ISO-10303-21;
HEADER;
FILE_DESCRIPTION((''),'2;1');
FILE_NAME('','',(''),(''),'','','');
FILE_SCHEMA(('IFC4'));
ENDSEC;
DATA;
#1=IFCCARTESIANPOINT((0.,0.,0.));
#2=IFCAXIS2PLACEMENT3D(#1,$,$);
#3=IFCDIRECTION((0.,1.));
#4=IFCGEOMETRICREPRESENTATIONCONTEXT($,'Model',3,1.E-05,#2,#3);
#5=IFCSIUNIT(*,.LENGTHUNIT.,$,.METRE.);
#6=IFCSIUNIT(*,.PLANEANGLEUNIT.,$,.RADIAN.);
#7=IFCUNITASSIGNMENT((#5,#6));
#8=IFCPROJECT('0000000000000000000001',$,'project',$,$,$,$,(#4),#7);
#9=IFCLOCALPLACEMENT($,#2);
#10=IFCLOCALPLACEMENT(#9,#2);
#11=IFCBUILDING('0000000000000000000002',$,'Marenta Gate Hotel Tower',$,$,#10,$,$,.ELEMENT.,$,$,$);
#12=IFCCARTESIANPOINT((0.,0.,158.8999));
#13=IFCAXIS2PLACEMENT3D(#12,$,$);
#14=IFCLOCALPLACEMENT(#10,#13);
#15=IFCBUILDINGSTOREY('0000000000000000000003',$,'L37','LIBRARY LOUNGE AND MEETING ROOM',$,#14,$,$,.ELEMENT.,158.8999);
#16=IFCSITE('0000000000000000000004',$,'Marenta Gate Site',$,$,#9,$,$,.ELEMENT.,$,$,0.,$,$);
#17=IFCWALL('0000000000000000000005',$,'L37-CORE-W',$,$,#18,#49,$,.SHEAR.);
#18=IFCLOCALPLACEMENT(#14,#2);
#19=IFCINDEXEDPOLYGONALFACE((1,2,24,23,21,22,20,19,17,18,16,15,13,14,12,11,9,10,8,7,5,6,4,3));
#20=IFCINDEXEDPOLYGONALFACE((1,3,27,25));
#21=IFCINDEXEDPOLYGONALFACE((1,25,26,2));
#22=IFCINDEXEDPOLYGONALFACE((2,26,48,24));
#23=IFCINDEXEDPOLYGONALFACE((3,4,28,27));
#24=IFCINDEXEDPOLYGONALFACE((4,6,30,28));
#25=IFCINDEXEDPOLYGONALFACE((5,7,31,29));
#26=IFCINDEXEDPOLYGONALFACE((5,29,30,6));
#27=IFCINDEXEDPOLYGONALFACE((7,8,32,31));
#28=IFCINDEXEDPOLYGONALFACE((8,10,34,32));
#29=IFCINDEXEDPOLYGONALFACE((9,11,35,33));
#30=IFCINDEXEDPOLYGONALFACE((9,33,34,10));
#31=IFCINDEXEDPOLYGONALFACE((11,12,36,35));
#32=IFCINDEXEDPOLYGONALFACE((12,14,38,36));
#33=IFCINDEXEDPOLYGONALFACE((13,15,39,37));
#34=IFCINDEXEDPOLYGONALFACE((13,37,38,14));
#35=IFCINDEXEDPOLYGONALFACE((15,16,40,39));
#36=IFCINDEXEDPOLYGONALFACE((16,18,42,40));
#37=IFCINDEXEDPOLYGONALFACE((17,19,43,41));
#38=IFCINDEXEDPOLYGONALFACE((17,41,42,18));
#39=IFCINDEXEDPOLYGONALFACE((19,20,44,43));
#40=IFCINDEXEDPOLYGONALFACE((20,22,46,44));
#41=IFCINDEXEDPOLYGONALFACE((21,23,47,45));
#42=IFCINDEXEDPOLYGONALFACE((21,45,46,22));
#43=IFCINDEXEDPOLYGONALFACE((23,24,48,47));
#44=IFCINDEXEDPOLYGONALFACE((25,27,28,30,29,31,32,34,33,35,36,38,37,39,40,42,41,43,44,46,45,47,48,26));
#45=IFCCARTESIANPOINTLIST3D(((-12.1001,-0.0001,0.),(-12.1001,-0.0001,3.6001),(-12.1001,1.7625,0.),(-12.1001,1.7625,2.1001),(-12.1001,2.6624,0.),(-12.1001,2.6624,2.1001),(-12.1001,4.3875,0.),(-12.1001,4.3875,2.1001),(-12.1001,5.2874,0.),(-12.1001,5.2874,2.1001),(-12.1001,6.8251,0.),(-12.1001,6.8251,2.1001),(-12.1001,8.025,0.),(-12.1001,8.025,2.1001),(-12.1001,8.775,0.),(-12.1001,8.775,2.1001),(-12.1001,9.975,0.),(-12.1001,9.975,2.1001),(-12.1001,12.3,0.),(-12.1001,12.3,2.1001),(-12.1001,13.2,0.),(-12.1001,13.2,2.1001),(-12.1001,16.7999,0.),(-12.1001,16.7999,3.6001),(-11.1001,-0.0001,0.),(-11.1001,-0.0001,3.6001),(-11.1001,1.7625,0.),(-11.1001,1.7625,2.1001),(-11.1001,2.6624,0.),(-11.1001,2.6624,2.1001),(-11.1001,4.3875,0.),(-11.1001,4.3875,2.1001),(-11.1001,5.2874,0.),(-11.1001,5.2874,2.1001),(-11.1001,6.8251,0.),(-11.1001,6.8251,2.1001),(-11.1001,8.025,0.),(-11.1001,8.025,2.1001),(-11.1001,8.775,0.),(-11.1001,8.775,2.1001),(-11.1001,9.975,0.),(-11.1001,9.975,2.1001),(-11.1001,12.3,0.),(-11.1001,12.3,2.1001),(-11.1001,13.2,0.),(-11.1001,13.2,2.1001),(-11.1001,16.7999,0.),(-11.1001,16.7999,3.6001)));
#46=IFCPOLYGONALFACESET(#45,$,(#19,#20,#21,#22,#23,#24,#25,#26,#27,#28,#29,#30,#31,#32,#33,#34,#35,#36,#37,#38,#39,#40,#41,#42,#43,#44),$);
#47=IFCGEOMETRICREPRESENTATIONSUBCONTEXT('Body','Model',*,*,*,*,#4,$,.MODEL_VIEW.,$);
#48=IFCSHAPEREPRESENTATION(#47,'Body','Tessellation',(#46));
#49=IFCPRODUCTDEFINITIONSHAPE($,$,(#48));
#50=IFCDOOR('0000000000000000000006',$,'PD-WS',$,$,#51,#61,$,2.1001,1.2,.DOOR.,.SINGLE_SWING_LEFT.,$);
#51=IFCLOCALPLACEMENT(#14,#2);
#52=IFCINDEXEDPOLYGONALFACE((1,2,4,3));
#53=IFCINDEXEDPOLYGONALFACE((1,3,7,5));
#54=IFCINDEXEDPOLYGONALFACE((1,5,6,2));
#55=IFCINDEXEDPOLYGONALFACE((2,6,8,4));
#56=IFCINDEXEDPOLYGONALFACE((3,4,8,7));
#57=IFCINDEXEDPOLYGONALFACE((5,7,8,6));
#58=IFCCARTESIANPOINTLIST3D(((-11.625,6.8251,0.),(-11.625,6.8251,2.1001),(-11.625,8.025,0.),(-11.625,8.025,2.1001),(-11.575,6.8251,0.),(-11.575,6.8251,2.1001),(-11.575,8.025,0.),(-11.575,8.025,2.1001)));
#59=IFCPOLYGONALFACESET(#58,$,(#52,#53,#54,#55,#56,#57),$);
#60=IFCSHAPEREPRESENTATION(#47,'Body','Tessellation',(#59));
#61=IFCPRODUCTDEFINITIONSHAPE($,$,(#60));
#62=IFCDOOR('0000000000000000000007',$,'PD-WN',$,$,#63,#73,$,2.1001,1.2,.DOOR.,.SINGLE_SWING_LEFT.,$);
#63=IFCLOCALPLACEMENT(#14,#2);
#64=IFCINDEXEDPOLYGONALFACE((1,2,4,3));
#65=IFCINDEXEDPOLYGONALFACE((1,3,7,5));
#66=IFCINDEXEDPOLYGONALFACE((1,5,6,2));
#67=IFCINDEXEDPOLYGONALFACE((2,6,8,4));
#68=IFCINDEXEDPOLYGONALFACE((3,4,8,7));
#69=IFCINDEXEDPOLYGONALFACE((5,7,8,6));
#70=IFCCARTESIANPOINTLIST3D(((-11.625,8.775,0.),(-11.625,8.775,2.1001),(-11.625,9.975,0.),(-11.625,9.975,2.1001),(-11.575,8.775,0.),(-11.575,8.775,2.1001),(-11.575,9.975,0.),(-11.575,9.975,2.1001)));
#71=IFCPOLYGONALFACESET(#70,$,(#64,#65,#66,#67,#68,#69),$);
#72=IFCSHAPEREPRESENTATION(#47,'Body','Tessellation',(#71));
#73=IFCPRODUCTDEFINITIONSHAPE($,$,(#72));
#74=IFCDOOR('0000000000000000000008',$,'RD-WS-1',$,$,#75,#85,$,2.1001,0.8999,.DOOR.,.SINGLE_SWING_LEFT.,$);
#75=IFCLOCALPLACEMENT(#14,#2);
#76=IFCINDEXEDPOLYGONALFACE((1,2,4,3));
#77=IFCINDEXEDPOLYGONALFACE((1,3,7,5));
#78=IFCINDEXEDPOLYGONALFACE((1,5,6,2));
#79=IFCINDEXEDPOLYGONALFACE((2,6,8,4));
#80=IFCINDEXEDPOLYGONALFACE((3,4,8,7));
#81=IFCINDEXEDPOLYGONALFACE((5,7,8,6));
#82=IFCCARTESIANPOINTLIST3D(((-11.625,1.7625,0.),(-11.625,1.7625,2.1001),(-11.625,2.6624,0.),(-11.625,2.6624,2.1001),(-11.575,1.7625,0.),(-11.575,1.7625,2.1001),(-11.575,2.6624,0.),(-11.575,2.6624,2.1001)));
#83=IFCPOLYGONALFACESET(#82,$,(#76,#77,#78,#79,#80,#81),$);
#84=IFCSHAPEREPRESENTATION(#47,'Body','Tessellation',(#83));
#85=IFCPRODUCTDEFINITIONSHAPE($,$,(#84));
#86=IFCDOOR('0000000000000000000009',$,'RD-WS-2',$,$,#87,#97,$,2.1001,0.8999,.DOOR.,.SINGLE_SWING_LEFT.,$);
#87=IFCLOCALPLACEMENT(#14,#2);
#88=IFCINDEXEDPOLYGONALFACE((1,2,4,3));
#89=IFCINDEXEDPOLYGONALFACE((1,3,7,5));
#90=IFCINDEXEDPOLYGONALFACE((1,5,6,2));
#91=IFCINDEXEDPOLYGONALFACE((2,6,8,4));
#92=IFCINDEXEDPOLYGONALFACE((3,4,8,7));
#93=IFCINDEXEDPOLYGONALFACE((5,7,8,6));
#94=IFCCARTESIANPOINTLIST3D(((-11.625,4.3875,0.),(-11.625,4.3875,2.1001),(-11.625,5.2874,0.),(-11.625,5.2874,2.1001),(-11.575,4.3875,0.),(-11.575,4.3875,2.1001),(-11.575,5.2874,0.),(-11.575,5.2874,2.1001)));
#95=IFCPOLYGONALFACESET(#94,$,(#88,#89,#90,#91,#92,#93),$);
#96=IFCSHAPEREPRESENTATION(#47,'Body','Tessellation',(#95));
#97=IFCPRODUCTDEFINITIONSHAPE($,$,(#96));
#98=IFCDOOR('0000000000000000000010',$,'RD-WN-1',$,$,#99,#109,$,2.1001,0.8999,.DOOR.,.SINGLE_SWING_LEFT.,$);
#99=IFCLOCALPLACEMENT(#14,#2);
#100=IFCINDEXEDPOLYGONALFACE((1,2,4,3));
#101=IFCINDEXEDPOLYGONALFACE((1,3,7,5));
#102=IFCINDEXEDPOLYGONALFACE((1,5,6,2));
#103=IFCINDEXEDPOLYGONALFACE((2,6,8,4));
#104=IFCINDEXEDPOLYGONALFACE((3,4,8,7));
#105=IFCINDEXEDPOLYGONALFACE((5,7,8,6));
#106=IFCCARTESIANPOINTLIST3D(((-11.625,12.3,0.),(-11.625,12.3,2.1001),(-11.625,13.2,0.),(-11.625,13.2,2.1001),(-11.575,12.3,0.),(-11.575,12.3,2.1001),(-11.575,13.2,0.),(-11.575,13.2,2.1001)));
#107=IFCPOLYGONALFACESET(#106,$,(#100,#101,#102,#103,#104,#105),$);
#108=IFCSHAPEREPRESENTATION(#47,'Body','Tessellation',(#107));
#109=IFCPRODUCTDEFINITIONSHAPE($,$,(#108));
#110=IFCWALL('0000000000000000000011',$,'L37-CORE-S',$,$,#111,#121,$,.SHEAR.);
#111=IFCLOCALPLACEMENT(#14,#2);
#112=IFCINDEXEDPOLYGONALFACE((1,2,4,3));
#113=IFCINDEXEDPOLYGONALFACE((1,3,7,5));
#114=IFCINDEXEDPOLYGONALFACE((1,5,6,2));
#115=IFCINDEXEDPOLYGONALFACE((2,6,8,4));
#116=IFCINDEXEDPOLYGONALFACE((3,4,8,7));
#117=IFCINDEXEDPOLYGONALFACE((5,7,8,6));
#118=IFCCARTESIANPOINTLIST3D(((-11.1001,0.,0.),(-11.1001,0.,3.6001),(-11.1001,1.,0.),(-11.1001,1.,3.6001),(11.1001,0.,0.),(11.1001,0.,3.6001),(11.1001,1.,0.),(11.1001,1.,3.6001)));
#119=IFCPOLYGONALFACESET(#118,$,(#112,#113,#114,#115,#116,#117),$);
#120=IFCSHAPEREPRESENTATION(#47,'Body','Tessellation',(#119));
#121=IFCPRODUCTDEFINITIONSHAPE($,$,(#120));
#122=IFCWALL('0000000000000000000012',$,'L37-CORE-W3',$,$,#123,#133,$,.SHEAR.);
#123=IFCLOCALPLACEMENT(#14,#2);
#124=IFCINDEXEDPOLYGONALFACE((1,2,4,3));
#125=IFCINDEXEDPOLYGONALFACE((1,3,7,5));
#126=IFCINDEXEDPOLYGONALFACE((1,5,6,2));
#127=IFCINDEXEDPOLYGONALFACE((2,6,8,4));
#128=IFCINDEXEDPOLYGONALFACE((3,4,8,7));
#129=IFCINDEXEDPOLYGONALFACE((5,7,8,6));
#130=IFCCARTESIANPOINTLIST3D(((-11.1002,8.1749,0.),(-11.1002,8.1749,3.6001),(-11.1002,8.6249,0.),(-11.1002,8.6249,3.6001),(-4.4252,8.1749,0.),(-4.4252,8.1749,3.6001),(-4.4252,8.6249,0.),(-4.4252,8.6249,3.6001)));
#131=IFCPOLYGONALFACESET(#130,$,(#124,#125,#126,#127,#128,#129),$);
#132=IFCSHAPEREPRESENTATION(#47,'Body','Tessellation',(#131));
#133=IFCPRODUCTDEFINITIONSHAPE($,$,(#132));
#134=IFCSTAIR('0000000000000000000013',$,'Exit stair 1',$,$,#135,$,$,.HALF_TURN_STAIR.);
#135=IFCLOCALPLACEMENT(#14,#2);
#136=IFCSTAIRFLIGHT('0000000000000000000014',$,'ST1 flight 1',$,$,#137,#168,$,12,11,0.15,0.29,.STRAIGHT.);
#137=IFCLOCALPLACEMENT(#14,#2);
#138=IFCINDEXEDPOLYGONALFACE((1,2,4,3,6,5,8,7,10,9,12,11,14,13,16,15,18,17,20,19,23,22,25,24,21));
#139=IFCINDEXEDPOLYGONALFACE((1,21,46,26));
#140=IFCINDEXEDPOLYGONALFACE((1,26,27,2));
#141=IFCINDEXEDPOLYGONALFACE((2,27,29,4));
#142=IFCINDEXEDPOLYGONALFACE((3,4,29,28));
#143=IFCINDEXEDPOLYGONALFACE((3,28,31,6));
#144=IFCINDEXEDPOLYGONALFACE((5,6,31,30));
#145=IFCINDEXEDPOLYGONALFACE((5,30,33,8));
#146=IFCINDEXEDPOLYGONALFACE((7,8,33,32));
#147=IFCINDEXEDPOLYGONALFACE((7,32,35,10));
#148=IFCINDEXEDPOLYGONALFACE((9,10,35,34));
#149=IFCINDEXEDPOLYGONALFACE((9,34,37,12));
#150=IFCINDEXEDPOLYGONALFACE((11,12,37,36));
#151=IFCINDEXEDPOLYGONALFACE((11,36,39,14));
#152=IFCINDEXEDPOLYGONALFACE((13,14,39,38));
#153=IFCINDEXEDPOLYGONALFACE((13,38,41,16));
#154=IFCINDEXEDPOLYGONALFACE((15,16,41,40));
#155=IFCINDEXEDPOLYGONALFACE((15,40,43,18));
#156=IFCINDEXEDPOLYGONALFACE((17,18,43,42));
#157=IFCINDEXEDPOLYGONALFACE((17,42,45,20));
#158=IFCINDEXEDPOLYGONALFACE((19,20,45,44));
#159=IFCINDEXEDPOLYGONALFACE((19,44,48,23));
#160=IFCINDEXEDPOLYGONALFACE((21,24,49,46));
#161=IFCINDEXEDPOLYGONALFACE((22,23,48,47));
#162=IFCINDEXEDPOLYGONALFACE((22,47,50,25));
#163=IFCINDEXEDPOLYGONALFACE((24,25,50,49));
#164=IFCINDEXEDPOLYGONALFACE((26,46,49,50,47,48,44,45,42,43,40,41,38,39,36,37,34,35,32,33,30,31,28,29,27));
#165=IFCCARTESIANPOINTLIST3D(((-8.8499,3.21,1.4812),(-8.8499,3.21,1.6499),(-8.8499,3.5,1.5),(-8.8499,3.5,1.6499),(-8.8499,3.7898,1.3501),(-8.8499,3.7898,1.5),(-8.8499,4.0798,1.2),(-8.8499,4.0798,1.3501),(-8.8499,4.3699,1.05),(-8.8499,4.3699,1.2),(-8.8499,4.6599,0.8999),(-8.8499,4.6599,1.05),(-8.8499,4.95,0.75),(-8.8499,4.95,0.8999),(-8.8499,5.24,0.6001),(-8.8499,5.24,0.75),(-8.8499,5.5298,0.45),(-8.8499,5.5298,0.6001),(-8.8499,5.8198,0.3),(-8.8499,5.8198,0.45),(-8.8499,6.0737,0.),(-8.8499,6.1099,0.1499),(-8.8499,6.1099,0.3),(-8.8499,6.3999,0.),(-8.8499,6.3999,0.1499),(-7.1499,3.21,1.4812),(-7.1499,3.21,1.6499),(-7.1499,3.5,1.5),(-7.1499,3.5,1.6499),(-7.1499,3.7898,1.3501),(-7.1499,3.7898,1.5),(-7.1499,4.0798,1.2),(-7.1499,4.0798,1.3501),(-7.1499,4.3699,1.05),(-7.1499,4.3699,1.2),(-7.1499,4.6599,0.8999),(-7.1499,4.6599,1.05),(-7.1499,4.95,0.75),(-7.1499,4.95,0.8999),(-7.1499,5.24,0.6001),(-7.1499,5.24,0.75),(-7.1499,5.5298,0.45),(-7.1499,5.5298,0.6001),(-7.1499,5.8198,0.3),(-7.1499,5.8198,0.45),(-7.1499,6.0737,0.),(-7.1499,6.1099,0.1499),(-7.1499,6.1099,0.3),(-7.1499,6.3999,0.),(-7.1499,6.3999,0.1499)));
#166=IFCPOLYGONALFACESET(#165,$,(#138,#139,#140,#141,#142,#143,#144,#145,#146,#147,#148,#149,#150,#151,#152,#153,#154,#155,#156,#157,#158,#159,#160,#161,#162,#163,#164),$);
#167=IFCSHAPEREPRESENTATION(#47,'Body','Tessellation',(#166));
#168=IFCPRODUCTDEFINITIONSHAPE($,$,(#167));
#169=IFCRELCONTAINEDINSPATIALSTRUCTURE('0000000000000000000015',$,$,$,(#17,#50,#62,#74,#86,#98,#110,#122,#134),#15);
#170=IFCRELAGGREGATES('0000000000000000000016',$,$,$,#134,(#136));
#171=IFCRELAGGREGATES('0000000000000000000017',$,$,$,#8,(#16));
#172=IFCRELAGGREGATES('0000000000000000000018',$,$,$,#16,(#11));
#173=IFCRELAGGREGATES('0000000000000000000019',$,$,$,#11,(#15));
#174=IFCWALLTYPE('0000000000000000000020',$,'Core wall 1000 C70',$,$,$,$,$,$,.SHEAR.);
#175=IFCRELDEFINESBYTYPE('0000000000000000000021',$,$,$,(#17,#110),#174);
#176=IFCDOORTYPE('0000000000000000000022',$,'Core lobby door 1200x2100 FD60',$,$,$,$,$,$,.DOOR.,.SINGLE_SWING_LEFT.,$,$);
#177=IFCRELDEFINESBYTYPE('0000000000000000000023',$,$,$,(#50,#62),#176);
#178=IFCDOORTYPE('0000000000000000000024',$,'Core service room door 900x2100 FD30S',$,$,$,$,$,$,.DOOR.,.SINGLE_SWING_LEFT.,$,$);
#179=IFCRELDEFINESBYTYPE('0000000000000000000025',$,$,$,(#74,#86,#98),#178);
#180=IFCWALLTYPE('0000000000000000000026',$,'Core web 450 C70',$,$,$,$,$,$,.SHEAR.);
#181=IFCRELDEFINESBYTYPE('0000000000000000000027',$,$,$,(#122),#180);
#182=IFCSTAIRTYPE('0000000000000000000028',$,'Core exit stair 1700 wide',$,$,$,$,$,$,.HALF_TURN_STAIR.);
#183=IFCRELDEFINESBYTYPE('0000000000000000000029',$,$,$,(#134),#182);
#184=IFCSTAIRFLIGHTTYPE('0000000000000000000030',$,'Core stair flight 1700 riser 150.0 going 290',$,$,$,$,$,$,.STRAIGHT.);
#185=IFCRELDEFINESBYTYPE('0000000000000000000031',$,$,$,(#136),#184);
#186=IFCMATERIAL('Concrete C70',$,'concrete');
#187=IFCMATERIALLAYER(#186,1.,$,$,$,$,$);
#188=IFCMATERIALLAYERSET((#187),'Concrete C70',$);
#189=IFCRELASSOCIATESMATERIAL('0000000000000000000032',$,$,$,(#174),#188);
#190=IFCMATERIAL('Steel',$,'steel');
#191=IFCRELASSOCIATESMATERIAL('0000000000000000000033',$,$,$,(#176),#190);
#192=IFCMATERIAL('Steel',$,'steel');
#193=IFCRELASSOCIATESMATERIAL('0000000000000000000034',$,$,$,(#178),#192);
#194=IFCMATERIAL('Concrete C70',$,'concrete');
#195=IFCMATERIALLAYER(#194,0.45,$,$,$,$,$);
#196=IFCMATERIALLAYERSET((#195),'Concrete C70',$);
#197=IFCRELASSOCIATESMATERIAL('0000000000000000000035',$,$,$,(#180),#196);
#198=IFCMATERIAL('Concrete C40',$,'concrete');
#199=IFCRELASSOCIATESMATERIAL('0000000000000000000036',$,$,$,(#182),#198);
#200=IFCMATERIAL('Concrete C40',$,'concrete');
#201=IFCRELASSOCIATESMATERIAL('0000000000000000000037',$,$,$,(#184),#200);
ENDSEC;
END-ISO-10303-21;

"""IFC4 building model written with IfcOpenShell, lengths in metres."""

from ifc_helpers import new_model, si_unit, direction, frame, frame_2d, origin, place, context, subcontext, project, spatial, polyline, rectangle, outline, extrude, material, layer, layer_set, type_object, element, fill, aggregate, save


model = new_model("IFC4")

# Units and contexts
model_context = context("Model", 3, precision=1e-05, world=origin(), true_north=direction((0.0, 1.0)))
body_context = subcontext(model_context, "Body", "Model", "MODEL_VIEW")
ifc_project = project(units=[si_unit("LENGTHUNIT", "METRE"), si_unit("PLANEANGLEUNIT", "RADIAN")], contexts=[model_context])

# Site, building, storey
site_placement = place(None, origin())
site = spatial("IfcSite", under=ifc_project, at=site_placement, Name="Marenta Gate Site", CompositionType="ELEMENT", RefElevation=0.0)
building_placement = place(site_placement, origin())
building = spatial("IfcBuilding", under=site, at=building_placement, Name="Marenta Gate Hotel Tower", CompositionType="ELEMENT")
storey_placement = place(building_placement, frame((0.0, 0.0, 158.8999)))
storey = spatial("IfcBuildingStorey", under=building, at=storey_placement, Name="L37", Description="LIBRARY LOUNGE AND MEETING ROOM", CompositionType="ELEMENT", Elevation=158.8999)

# Wall, openings, doors
ifc_material_1 = material(Name="Concrete C70", Category="concrete")
ifc_layer_1 = layer(ifc_material_1, 1.0)
ifc_layer_set_1 = layer_set([ifc_layer_1], Name="Concrete C70")
wall_type_1 = type_object("IfcWallType", Name="Core wall 1000 C70", PredefinedType="SHEAR", material=ifc_layer_set_1)
wall_1_placement = place(storey_placement, frame((-11.6001, 0.0, 0.0), z_axis=(0.0, 0.0, 1.0), x_axis=(0.0, 1.0, 0.0)))
wall_1 = element("IfcWall", 1, at=wall_1_placement, inside=storey, type_object=wall_type_1, Name="L37-CORE-W", PredefinedType="SHEAR", context=body_context, shape_type="SweptSolid", body=[
    extrude(rectangle(XDim=16.8, YDim=1.0, at=frame_2d((8.3999, 0.0))), origin(), (0.0, 0.0, 1.0), 3.6001),
])
opening_1_placement = place(wall_1_placement, frame((1.7625, 0.0, 0.0)))
opening_1 = element("IfcOpeningElement", 2, at=opening_1_placement, cuts=wall_1, PredefinedType="OPENING", context=body_context, shape_type="SweptSolid", body=[
    extrude(rectangle(XDim=0.8999, YDim=2.1001, at=frame_2d((0.45, 1.05))), frame((0.0, 0.5, 0.0), z_axis=(0.0, -1.0, 0.0), x_axis=(1.0, 0.0, 0.0)), (0.0, 0.0, 1.0), 1.0),
])
opening_2_placement = place(wall_1_placement, frame((4.3875, 0.0, 0.0)))
opening_2 = element("IfcOpeningElement", 3, at=opening_2_placement, cuts=wall_1, PredefinedType="OPENING", context=body_context, shape_type="SweptSolid", body=[
    extrude(rectangle(XDim=0.8999, YDim=2.1001, at=frame_2d((0.45, 1.05))), frame((0.0, 0.5, 0.0), z_axis=(0.0, -1.0, 0.0), x_axis=(1.0, 0.0, 0.0)), (0.0, 0.0, 1.0), 1.0),
])
opening_3_placement = place(wall_1_placement, frame((6.825, 0.0, 0.0)))
opening_3 = element("IfcOpeningElement", 4, at=opening_3_placement, cuts=wall_1, PredefinedType="OPENING", context=body_context, shape_type="SweptSolid", body=[
    extrude(rectangle(XDim=1.2, YDim=2.1001, at=frame_2d((0.6001, 1.05))), frame((0.0, 0.5, 0.0), z_axis=(0.0, -1.0, 0.0), x_axis=(1.0, 0.0, 0.0)), (0.0, 0.0, 1.0), 1.0),
])
opening_4_placement = place(wall_1_placement, frame((12.3, 0.0, 0.0)))
opening_4 = element("IfcOpeningElement", 5, at=opening_4_placement, cuts=wall_1, PredefinedType="OPENING", context=body_context, shape_type="SweptSolid", body=[
    extrude(rectangle(XDim=0.8999, YDim=2.1001, at=frame_2d((0.45, 1.05))), frame((0.0, 0.5, 0.0), z_axis=(0.0, -1.0, 0.0), x_axis=(1.0, 0.0, 0.0)), (0.0, 0.0, 1.0), 1.0),
])
opening_5_placement = place(wall_1_placement, frame((8.7749, 0.0, 0.0)))
opening_5 = element("IfcOpeningElement", 6, at=opening_5_placement, cuts=wall_1, PredefinedType="OPENING", context=body_context, shape_type="SweptSolid", body=[
    extrude(rectangle(XDim=1.2, YDim=2.1001, at=frame_2d((0.6001, 1.05))), frame((0.0, 0.5, 0.0), z_axis=(0.0, -1.0, 0.0), x_axis=(1.0, 0.0, 0.0)), (0.0, 0.0, 1.0), 1.0),
])
ifc_material_2 = material(Name="Steel", Category="steel")
door_type_1 = type_object("IfcDoorType", Name="Core lobby door 1200x2100 FD60", OperationType="SINGLE_SWING_LEFT", PredefinedType="DOOR", material=ifc_material_2)
door_1_placement = place(opening_3_placement, origin())
door_1 = element("IfcDoor", 7, at=door_1_placement, inside=storey, type_object=door_type_1, Name="PD-WS", OperationType="SINGLE_SWING_LEFT", OverallHeight=2.1001, OverallWidth=1.2, PredefinedType="DOOR", context=body_context, shape_type="SweptSolid", body=[
    extrude(rectangle(XDim=1.2, YDim=2.1001, at=frame_2d((0.6001, 1.05))), frame((0.0, 0.0249, 0.0), z_axis=(0.0, -1.0, 0.0), x_axis=(1.0, 0.0, 0.0)), (0.0, 0.0, 1.0), 0.05),
])
fill(opening_3, door_1)
door_2_placement = place(opening_5_placement, origin())
door_2 = element("IfcDoor", 8, at=door_2_placement, inside=storey, type_object=door_type_1, Name="PD-WN", OperationType="SINGLE_SWING_LEFT", OverallHeight=2.1001, OverallWidth=1.2, PredefinedType="DOOR", context=body_context, shape_type="SweptSolid", body=[
    extrude(rectangle(XDim=1.2, YDim=2.1001, at=frame_2d((0.6001, 1.05))), frame((0.0, 0.0249, 0.0), z_axis=(0.0, -1.0, 0.0), x_axis=(1.0, 0.0, 0.0)), (0.0, 0.0, 1.0), 0.05),
])
fill(opening_5, door_2)
ifc_material_3 = material(Name="Steel", Category="steel")
door_type_2 = type_object("IfcDoorType", Name="Core service room door 900x2100 FD30S", OperationType="SINGLE_SWING_LEFT", PredefinedType="DOOR", material=ifc_material_3)
door_3_placement = place(opening_1_placement, origin())
door_3 = element("IfcDoor", 9, at=door_3_placement, inside=storey, type_object=door_type_2, Name="RD-WS-1", OperationType="SINGLE_SWING_LEFT", OverallHeight=2.1001, OverallWidth=0.8999, PredefinedType="DOOR", context=body_context, shape_type="SweptSolid", body=[
    extrude(rectangle(XDim=0.8999, YDim=2.1001, at=frame_2d((0.45, 1.05))), frame((0.0, 0.0249, 0.0), z_axis=(0.0, -1.0, 0.0), x_axis=(1.0, 0.0, 0.0)), (0.0, 0.0, 1.0), 0.05),
])
fill(opening_1, door_3)
door_4_placement = place(opening_2_placement, origin())
door_4 = element("IfcDoor", 10, at=door_4_placement, inside=storey, type_object=door_type_2, Name="RD-WS-2", OperationType="SINGLE_SWING_LEFT", OverallHeight=2.1001, OverallWidth=0.8999, PredefinedType="DOOR", context=body_context, shape_type="SweptSolid", body=[
    extrude(rectangle(XDim=0.8999, YDim=2.1001, at=frame_2d((0.45, 1.05))), frame((0.0, 0.0249, 0.0), z_axis=(0.0, -1.0, 0.0), x_axis=(1.0, 0.0, 0.0)), (0.0, 0.0, 1.0), 0.05),
])
fill(opening_2, door_4)
door_5_placement = place(opening_4_placement, origin())
door_5 = element("IfcDoor", 11, at=door_5_placement, inside=storey, type_object=door_type_2, Name="RD-WN-1", OperationType="SINGLE_SWING_LEFT", OverallHeight=2.1001, OverallWidth=0.8999, PredefinedType="DOOR", context=body_context, shape_type="SweptSolid", body=[
    extrude(rectangle(XDim=0.8999, YDim=2.1001, at=frame_2d((0.45, 1.05))), frame((0.0, 0.0249, 0.0), z_axis=(0.0, -1.0, 0.0), x_axis=(1.0, 0.0, 0.0)), (0.0, 0.0, 1.0), 0.05),
])
fill(opening_4, door_5)

# Wall
wall_2_placement = place(storey_placement, frame((-11.1001, 0.5, 0.0), z_axis=(0.0, 0.0, 1.0), x_axis=(1.0, 0.0, 0.0)))
element("IfcWall", 12, at=wall_2_placement, inside=storey, type_object=wall_type_1, Name="L37-CORE-S", PredefinedType="SHEAR", context=body_context, shape_type="SweptSolid", body=[
    extrude(rectangle(XDim=22.2002, YDim=1.0, at=frame_2d((11.1001, 0.0))), origin(), (0.0, 0.0, 1.0), 3.6001),
])

# Shared definitions
ifc_material_4 = material(Name="Concrete C70", Category="concrete")
ifc_layer_2 = layer(ifc_material_4, 0.45)
ifc_layer_set_2 = layer_set([ifc_layer_2], Name="Concrete C70")
wall_type_2 = type_object("IfcWallType", Name="Core web 450 C70", PredefinedType="SHEAR", material=ifc_layer_set_2)

# Wall
wall_3_placement = place(storey_placement, frame((-11.1001, 8.3999, 0.0), z_axis=(0.0, 0.0, 1.0), x_axis=(1.0, 0.0, 0.0)))
element("IfcWall", 13, at=wall_3_placement, inside=storey, type_object=wall_type_2, Name="L37-CORE-W3", PredefinedType="SHEAR", context=body_context, shape_type="SweptSolid", body=[
    extrude(rectangle(XDim=6.675, YDim=0.45, at=frame_2d((3.3374, 0.0))), origin(), (0.0, 0.0, 1.0), 3.6001),
])

# Stair, stair flight
ifc_material_5 = material(Name="Concrete C40", Category="concrete")
stair_type = type_object("IfcStairType", Name="Core exit stair 1700 wide", PredefinedType="HALF_TURN_STAIR", material=ifc_material_5)
stair_1_placement = place(storey_placement, origin())
stair_1 = element("IfcStair", 14, at=stair_1_placement, inside=storey, type_object=stair_type, Name="Exit stair 1", PredefinedType="HALF_TURN_STAIR")
ifc_material_6 = material(Name="Concrete C40", Category="concrete")
stair_flight_type = type_object("IfcStairFlightType", Name="Core stair flight 1700 riser 150.0 going 290", PredefinedType="STRAIGHT", material=ifc_material_6)
stair_flight_1_placement = place(storey_placement, frame((-8.0, 6.3999, 0.0), z_axis=(0.0, 0.0, 1.0), x_axis=(0.0, -1.0, 0.0)))
stair_flight_1 = element("IfcStairFlight", 15, at=stair_flight_1_placement, type_object=stair_flight_type, Name="ST1 flight 1", NumberOfRisers=12, NumberOfTreads=11, PredefinedType="STRAIGHT", RiserHeight=0.15, TreadLength=0.29, context=body_context, shape_type="SweptSolid", body=[
    extrude(outline(polyline([(0.0, 0.0), (0.0, 0.1499), (0.29, 0.1499), (0.29, 0.3), (0.5801, 0.3), (0.5801, 0.45), (0.8701, 0.45), (0.8701, 0.6001), (1.1599, 0.6001), (1.1599, 0.75), (1.45, 0.75), (1.45, 0.8999), (1.74, 0.8999), (1.74, 1.05), (2.03, 1.05), (2.03, 1.2), (2.3201, 1.2), (2.3201, 1.3501), (2.6101, 1.3501), (2.6101, 1.5), (2.8999, 1.5), (2.8999, 1.6499), (3.1899, 1.6499), (3.1899, 1.8), (3.1899, 1.4812), (0.3262, 0.0), (0.0, 0.0)])), frame((0.0, 0.8501, 0.0), z_axis=(0.0, -1.0, 0.0), x_axis=(1.0, 0.0, 0.0)), (0.0, 0.0, 1.0), 1.7),
])
aggregate(stair_1, [stair_flight_1])

save(model, "model.ifc")
